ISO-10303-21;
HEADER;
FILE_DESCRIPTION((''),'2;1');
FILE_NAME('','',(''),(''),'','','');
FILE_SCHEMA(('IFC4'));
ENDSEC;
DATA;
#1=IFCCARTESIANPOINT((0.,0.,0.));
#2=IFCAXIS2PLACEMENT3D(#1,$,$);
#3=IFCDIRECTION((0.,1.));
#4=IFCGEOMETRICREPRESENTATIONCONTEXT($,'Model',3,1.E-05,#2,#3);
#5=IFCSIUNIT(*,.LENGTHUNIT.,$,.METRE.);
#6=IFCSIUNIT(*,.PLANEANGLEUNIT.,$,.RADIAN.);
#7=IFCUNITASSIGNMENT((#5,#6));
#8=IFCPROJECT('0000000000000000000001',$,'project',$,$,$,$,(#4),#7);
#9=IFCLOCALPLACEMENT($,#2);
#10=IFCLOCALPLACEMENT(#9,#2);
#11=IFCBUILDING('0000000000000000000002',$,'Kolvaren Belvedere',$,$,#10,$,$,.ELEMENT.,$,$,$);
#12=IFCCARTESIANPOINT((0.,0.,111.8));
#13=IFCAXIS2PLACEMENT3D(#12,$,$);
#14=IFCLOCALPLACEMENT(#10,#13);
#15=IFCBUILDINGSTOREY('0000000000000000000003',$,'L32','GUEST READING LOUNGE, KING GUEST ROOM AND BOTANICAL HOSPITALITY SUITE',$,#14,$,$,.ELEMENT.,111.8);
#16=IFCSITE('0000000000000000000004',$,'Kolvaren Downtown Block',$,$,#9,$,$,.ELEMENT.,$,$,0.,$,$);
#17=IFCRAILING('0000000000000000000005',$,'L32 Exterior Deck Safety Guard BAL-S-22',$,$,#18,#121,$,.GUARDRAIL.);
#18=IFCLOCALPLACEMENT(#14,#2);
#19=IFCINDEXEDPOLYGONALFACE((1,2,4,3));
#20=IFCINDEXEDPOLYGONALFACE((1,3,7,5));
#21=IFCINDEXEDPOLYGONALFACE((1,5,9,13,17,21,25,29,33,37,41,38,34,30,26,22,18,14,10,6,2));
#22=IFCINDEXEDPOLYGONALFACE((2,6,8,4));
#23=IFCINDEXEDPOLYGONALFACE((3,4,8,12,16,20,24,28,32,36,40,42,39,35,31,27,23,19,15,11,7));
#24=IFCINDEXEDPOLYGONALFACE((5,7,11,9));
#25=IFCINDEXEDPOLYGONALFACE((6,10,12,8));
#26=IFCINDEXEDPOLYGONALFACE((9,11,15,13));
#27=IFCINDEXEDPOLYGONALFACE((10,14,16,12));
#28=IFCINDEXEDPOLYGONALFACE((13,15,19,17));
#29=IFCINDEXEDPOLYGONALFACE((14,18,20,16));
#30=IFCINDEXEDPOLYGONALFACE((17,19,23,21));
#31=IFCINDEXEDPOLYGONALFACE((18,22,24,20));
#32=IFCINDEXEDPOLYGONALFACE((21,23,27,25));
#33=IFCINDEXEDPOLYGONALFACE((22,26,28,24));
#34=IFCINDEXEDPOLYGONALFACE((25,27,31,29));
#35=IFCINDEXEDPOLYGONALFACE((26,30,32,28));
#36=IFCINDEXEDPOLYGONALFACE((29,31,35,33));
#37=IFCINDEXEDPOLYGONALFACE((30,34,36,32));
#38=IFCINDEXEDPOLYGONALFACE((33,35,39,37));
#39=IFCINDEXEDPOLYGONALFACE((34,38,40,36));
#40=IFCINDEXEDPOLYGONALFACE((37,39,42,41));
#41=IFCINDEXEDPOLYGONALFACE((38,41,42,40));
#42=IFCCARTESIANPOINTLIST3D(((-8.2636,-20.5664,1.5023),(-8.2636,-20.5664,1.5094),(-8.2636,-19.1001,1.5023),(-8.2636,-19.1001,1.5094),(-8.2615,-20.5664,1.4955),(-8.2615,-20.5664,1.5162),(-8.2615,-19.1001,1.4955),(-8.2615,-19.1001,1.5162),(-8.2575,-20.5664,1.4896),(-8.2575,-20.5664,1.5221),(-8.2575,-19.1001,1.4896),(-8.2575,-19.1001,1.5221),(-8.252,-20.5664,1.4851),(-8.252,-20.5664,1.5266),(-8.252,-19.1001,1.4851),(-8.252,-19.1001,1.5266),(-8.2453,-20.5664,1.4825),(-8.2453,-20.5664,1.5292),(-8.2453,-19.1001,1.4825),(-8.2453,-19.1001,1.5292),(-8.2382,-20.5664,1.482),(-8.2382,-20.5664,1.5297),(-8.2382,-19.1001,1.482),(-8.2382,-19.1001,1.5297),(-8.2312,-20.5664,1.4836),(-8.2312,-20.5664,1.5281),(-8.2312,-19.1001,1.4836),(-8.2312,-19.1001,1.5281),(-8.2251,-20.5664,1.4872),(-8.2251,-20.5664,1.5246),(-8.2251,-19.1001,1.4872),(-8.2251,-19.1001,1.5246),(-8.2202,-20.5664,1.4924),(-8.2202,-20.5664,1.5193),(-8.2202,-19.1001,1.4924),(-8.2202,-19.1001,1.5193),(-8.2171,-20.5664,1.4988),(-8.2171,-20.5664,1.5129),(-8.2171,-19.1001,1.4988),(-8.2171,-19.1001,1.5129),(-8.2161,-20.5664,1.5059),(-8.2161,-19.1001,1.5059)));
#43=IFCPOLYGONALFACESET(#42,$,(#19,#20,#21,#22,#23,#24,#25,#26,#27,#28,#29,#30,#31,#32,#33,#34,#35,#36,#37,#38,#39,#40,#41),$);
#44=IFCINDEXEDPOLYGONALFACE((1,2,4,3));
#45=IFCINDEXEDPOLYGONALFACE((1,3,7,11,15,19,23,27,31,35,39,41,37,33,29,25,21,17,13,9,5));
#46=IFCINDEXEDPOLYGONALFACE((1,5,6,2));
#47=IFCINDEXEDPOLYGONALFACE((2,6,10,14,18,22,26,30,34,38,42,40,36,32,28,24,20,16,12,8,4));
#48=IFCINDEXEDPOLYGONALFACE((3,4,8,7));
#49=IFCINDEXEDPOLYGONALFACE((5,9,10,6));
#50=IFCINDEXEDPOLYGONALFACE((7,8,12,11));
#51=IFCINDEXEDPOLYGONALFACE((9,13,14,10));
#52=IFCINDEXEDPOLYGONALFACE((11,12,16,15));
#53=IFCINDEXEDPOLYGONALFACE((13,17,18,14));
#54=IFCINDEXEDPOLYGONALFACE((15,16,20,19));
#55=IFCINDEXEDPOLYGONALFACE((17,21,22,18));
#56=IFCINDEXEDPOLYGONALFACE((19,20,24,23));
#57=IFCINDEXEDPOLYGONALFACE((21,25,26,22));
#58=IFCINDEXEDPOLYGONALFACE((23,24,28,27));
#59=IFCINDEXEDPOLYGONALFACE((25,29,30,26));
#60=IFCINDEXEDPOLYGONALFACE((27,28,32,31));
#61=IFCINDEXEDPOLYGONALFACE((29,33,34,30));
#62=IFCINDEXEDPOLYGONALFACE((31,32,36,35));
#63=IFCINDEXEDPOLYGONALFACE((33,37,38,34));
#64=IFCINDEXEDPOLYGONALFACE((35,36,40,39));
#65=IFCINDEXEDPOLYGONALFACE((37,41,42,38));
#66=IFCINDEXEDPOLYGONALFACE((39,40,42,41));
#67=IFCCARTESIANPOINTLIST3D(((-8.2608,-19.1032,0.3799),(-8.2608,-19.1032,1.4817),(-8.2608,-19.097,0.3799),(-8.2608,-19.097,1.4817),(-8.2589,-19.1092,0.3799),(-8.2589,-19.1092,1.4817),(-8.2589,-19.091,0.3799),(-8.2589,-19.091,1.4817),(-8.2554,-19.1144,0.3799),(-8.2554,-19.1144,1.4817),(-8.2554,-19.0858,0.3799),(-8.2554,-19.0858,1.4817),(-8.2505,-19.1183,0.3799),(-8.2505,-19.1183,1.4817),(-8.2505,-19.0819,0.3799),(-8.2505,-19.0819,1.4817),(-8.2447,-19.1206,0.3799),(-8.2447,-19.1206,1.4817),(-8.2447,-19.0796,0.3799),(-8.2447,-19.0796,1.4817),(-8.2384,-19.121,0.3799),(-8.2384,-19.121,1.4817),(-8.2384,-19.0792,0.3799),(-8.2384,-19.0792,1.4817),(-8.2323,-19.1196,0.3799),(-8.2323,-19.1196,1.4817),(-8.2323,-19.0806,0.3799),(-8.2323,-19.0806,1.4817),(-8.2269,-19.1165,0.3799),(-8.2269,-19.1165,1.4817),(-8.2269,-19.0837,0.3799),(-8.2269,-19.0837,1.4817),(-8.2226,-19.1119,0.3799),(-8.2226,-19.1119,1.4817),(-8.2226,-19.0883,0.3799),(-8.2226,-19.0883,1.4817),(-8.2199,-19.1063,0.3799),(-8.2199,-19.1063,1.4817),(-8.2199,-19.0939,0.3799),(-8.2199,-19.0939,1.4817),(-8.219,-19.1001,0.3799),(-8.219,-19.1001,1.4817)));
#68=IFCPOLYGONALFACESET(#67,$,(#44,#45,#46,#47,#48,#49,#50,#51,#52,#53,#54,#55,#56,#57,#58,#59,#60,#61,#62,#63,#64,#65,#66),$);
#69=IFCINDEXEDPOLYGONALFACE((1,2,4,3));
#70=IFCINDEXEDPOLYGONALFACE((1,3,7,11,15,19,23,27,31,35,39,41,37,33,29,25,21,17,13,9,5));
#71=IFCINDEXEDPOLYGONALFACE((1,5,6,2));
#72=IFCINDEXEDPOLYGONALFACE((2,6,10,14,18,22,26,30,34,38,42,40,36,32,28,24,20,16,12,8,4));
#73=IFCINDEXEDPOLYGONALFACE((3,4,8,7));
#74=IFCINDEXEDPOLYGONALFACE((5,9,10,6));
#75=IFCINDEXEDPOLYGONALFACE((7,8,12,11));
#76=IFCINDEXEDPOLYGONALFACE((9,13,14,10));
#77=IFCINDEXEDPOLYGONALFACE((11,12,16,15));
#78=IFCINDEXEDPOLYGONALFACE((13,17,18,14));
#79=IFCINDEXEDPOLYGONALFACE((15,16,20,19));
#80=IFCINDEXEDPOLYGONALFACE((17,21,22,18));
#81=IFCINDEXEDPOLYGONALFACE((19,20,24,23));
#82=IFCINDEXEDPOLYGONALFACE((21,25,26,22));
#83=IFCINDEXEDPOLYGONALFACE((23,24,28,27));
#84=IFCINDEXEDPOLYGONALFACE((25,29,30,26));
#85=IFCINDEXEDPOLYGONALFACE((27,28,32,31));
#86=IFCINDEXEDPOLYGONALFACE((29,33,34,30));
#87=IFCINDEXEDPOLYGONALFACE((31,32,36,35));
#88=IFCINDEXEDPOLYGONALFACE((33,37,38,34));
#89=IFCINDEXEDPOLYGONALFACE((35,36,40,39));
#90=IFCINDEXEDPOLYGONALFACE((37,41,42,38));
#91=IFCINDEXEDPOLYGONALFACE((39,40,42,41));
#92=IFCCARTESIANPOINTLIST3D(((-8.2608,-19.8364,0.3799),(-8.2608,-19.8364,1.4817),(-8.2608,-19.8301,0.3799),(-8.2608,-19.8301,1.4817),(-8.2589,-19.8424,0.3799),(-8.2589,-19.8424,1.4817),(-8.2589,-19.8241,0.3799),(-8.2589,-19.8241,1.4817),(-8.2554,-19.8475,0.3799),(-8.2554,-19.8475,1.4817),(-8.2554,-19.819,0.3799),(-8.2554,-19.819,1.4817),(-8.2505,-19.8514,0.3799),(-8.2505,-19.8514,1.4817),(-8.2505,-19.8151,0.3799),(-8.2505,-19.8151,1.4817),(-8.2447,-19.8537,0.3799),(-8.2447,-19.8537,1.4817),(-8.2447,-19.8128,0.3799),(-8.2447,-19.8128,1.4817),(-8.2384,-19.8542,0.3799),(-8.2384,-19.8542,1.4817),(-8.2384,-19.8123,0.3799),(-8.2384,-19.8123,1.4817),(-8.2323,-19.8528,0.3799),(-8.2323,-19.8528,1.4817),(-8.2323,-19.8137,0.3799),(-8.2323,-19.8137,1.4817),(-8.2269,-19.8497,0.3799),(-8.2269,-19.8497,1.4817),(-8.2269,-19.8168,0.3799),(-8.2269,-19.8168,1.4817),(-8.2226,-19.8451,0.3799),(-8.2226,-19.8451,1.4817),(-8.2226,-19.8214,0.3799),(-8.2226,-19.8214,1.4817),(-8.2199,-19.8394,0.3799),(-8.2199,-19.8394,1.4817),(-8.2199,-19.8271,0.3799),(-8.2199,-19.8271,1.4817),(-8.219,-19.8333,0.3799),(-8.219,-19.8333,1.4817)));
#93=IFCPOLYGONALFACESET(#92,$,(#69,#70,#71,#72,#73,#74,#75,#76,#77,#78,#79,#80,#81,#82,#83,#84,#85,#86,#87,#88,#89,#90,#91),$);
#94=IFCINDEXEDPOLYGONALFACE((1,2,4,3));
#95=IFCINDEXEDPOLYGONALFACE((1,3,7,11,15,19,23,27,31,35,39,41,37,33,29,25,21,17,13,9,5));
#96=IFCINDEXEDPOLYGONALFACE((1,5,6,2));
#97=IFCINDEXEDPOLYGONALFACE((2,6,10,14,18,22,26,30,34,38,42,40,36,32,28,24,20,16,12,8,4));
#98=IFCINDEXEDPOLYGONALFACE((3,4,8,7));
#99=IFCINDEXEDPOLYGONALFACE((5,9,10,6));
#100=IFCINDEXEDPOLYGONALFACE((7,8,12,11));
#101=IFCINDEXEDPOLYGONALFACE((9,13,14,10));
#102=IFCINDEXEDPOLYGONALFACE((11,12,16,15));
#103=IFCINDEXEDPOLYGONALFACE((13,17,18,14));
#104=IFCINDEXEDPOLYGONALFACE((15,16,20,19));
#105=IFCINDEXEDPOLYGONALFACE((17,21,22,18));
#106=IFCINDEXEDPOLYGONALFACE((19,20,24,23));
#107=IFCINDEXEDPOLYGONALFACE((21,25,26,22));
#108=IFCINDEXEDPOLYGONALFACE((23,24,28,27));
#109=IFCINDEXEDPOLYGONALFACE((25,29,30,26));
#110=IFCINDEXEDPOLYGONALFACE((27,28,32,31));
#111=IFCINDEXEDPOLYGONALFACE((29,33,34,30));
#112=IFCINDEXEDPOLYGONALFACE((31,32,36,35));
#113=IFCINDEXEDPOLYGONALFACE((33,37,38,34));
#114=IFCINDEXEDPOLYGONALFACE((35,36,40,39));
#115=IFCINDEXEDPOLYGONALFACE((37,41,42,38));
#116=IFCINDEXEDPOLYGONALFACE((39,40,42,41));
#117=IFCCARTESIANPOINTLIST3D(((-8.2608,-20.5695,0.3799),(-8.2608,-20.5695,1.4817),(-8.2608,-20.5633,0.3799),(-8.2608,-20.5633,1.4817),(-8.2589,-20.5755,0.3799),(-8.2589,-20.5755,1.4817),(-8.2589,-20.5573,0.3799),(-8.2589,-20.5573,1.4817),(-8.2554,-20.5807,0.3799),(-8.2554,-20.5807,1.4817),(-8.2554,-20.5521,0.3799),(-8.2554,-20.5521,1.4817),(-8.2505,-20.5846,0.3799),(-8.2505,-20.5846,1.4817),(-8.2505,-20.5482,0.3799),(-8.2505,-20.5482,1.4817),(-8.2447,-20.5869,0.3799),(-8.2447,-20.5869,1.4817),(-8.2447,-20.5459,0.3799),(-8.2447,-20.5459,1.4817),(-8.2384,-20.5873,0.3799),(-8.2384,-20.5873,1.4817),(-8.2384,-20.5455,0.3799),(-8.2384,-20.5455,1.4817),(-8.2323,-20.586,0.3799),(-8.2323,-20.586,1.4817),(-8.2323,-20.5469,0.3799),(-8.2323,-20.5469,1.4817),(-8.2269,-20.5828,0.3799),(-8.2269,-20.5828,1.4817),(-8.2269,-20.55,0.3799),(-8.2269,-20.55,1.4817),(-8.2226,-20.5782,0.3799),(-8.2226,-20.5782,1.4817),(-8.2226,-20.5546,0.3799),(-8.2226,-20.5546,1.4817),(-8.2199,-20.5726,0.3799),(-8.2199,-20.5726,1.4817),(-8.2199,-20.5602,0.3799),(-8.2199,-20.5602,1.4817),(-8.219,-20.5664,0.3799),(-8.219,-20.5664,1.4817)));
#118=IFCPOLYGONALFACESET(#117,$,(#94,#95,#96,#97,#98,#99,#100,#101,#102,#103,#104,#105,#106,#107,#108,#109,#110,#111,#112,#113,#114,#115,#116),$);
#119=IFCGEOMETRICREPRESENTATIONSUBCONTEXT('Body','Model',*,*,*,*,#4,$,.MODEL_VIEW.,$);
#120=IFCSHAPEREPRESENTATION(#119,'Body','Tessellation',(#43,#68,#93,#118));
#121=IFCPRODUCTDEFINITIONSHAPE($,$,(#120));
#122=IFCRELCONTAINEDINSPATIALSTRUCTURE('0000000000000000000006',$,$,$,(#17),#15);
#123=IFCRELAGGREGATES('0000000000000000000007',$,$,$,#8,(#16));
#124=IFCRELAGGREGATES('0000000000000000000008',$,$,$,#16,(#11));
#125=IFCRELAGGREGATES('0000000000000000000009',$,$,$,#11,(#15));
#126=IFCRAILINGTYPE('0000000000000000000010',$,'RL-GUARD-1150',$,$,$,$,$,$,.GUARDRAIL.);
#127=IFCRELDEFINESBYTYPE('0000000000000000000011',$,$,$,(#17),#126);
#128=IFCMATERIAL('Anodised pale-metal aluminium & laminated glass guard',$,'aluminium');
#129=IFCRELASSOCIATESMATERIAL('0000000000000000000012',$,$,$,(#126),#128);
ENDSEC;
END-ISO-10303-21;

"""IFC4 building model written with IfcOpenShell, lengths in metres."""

from ifc_helpers import new_model, si_unit, direction, frame, origin, origin_2d, place, context, subcontext, project, spatial, circle, extrude, material, type_object, element, save


model = new_model("IFC4")

# Units and contexts
model_context = context("Model", 3, precision=1e-05, world=origin(), true_north=direction((0.0, 1.0)))
body_context = subcontext(model_context, "Body", "Model", "MODEL_VIEW")
ifc_project = project(units=[si_unit("LENGTHUNIT", "METRE"), si_unit("PLANEANGLEUNIT", "RADIAN")], contexts=[model_context])

# Site, building, storey
site_placement = place(None, origin())
site = spatial("IfcSite", under=ifc_project, at=site_placement, Name="Kolvaren Downtown Block", CompositionType="ELEMENT", RefElevation=0.0)
building_placement = place(site_placement, origin())
building = spatial("IfcBuilding", under=site, at=building_placement, Name="Kolvaren Belvedere", CompositionType="ELEMENT")
storey_placement = place(building_placement, frame((0.0, 0.0, 111.8)))
storey = spatial("IfcBuildingStorey", under=building, at=storey_placement, Name="L32", Description="GUEST READING LOUNGE, KING GUEST ROOM AND BOTANICAL HOSPITALITY SUITE", CompositionType="ELEMENT", Elevation=111.8)

# Railing
ifc_material_1 = material(Name="Anodised pale-metal aluminium & laminated glass guard", Category="aluminium")
railing_type = type_object("IfcRailingType", Name="RL-GUARD-1150", PredefinedType="GUARDRAIL", material=ifc_material_1)
railing_1_placement = place(storey_placement, frame((-8.24, -19.1001, 0.3799)))
element("IfcRailing", 1, at=railing_1_placement, inside=storey, type_object=railing_type, Name="L32 Exterior Deck Safety Guard BAL-S-22", PredefinedType="GUARDRAIL", context=body_context, shape_type="SweptSolid", body=[
    extrude(circle(Radius=0.0239, at=origin_2d()), frame((0.0, 0.0, 1.126), z_axis=(0.0, -1.0, 0.0), x_axis=(1.0, 0.0, 0.0)), (0.0, 0.0, 1.0), 1.4663),
    extrude(circle(Radius=0.021, at=origin_2d()), origin(), (0.0, 0.0, 1.0), 1.1018),
    extrude(circle(Radius=0.021, at=origin_2d()), frame((0.0, -0.7332, 0.0)), (0.0, 0.0, 1.0), 1.1018),
    extrude(circle(Radius=0.021, at=origin_2d()), frame((0.0, -1.4663, 0.0)), (0.0, 0.0, 1.0), 1.1018),
])

save(model, "model.ifc")
